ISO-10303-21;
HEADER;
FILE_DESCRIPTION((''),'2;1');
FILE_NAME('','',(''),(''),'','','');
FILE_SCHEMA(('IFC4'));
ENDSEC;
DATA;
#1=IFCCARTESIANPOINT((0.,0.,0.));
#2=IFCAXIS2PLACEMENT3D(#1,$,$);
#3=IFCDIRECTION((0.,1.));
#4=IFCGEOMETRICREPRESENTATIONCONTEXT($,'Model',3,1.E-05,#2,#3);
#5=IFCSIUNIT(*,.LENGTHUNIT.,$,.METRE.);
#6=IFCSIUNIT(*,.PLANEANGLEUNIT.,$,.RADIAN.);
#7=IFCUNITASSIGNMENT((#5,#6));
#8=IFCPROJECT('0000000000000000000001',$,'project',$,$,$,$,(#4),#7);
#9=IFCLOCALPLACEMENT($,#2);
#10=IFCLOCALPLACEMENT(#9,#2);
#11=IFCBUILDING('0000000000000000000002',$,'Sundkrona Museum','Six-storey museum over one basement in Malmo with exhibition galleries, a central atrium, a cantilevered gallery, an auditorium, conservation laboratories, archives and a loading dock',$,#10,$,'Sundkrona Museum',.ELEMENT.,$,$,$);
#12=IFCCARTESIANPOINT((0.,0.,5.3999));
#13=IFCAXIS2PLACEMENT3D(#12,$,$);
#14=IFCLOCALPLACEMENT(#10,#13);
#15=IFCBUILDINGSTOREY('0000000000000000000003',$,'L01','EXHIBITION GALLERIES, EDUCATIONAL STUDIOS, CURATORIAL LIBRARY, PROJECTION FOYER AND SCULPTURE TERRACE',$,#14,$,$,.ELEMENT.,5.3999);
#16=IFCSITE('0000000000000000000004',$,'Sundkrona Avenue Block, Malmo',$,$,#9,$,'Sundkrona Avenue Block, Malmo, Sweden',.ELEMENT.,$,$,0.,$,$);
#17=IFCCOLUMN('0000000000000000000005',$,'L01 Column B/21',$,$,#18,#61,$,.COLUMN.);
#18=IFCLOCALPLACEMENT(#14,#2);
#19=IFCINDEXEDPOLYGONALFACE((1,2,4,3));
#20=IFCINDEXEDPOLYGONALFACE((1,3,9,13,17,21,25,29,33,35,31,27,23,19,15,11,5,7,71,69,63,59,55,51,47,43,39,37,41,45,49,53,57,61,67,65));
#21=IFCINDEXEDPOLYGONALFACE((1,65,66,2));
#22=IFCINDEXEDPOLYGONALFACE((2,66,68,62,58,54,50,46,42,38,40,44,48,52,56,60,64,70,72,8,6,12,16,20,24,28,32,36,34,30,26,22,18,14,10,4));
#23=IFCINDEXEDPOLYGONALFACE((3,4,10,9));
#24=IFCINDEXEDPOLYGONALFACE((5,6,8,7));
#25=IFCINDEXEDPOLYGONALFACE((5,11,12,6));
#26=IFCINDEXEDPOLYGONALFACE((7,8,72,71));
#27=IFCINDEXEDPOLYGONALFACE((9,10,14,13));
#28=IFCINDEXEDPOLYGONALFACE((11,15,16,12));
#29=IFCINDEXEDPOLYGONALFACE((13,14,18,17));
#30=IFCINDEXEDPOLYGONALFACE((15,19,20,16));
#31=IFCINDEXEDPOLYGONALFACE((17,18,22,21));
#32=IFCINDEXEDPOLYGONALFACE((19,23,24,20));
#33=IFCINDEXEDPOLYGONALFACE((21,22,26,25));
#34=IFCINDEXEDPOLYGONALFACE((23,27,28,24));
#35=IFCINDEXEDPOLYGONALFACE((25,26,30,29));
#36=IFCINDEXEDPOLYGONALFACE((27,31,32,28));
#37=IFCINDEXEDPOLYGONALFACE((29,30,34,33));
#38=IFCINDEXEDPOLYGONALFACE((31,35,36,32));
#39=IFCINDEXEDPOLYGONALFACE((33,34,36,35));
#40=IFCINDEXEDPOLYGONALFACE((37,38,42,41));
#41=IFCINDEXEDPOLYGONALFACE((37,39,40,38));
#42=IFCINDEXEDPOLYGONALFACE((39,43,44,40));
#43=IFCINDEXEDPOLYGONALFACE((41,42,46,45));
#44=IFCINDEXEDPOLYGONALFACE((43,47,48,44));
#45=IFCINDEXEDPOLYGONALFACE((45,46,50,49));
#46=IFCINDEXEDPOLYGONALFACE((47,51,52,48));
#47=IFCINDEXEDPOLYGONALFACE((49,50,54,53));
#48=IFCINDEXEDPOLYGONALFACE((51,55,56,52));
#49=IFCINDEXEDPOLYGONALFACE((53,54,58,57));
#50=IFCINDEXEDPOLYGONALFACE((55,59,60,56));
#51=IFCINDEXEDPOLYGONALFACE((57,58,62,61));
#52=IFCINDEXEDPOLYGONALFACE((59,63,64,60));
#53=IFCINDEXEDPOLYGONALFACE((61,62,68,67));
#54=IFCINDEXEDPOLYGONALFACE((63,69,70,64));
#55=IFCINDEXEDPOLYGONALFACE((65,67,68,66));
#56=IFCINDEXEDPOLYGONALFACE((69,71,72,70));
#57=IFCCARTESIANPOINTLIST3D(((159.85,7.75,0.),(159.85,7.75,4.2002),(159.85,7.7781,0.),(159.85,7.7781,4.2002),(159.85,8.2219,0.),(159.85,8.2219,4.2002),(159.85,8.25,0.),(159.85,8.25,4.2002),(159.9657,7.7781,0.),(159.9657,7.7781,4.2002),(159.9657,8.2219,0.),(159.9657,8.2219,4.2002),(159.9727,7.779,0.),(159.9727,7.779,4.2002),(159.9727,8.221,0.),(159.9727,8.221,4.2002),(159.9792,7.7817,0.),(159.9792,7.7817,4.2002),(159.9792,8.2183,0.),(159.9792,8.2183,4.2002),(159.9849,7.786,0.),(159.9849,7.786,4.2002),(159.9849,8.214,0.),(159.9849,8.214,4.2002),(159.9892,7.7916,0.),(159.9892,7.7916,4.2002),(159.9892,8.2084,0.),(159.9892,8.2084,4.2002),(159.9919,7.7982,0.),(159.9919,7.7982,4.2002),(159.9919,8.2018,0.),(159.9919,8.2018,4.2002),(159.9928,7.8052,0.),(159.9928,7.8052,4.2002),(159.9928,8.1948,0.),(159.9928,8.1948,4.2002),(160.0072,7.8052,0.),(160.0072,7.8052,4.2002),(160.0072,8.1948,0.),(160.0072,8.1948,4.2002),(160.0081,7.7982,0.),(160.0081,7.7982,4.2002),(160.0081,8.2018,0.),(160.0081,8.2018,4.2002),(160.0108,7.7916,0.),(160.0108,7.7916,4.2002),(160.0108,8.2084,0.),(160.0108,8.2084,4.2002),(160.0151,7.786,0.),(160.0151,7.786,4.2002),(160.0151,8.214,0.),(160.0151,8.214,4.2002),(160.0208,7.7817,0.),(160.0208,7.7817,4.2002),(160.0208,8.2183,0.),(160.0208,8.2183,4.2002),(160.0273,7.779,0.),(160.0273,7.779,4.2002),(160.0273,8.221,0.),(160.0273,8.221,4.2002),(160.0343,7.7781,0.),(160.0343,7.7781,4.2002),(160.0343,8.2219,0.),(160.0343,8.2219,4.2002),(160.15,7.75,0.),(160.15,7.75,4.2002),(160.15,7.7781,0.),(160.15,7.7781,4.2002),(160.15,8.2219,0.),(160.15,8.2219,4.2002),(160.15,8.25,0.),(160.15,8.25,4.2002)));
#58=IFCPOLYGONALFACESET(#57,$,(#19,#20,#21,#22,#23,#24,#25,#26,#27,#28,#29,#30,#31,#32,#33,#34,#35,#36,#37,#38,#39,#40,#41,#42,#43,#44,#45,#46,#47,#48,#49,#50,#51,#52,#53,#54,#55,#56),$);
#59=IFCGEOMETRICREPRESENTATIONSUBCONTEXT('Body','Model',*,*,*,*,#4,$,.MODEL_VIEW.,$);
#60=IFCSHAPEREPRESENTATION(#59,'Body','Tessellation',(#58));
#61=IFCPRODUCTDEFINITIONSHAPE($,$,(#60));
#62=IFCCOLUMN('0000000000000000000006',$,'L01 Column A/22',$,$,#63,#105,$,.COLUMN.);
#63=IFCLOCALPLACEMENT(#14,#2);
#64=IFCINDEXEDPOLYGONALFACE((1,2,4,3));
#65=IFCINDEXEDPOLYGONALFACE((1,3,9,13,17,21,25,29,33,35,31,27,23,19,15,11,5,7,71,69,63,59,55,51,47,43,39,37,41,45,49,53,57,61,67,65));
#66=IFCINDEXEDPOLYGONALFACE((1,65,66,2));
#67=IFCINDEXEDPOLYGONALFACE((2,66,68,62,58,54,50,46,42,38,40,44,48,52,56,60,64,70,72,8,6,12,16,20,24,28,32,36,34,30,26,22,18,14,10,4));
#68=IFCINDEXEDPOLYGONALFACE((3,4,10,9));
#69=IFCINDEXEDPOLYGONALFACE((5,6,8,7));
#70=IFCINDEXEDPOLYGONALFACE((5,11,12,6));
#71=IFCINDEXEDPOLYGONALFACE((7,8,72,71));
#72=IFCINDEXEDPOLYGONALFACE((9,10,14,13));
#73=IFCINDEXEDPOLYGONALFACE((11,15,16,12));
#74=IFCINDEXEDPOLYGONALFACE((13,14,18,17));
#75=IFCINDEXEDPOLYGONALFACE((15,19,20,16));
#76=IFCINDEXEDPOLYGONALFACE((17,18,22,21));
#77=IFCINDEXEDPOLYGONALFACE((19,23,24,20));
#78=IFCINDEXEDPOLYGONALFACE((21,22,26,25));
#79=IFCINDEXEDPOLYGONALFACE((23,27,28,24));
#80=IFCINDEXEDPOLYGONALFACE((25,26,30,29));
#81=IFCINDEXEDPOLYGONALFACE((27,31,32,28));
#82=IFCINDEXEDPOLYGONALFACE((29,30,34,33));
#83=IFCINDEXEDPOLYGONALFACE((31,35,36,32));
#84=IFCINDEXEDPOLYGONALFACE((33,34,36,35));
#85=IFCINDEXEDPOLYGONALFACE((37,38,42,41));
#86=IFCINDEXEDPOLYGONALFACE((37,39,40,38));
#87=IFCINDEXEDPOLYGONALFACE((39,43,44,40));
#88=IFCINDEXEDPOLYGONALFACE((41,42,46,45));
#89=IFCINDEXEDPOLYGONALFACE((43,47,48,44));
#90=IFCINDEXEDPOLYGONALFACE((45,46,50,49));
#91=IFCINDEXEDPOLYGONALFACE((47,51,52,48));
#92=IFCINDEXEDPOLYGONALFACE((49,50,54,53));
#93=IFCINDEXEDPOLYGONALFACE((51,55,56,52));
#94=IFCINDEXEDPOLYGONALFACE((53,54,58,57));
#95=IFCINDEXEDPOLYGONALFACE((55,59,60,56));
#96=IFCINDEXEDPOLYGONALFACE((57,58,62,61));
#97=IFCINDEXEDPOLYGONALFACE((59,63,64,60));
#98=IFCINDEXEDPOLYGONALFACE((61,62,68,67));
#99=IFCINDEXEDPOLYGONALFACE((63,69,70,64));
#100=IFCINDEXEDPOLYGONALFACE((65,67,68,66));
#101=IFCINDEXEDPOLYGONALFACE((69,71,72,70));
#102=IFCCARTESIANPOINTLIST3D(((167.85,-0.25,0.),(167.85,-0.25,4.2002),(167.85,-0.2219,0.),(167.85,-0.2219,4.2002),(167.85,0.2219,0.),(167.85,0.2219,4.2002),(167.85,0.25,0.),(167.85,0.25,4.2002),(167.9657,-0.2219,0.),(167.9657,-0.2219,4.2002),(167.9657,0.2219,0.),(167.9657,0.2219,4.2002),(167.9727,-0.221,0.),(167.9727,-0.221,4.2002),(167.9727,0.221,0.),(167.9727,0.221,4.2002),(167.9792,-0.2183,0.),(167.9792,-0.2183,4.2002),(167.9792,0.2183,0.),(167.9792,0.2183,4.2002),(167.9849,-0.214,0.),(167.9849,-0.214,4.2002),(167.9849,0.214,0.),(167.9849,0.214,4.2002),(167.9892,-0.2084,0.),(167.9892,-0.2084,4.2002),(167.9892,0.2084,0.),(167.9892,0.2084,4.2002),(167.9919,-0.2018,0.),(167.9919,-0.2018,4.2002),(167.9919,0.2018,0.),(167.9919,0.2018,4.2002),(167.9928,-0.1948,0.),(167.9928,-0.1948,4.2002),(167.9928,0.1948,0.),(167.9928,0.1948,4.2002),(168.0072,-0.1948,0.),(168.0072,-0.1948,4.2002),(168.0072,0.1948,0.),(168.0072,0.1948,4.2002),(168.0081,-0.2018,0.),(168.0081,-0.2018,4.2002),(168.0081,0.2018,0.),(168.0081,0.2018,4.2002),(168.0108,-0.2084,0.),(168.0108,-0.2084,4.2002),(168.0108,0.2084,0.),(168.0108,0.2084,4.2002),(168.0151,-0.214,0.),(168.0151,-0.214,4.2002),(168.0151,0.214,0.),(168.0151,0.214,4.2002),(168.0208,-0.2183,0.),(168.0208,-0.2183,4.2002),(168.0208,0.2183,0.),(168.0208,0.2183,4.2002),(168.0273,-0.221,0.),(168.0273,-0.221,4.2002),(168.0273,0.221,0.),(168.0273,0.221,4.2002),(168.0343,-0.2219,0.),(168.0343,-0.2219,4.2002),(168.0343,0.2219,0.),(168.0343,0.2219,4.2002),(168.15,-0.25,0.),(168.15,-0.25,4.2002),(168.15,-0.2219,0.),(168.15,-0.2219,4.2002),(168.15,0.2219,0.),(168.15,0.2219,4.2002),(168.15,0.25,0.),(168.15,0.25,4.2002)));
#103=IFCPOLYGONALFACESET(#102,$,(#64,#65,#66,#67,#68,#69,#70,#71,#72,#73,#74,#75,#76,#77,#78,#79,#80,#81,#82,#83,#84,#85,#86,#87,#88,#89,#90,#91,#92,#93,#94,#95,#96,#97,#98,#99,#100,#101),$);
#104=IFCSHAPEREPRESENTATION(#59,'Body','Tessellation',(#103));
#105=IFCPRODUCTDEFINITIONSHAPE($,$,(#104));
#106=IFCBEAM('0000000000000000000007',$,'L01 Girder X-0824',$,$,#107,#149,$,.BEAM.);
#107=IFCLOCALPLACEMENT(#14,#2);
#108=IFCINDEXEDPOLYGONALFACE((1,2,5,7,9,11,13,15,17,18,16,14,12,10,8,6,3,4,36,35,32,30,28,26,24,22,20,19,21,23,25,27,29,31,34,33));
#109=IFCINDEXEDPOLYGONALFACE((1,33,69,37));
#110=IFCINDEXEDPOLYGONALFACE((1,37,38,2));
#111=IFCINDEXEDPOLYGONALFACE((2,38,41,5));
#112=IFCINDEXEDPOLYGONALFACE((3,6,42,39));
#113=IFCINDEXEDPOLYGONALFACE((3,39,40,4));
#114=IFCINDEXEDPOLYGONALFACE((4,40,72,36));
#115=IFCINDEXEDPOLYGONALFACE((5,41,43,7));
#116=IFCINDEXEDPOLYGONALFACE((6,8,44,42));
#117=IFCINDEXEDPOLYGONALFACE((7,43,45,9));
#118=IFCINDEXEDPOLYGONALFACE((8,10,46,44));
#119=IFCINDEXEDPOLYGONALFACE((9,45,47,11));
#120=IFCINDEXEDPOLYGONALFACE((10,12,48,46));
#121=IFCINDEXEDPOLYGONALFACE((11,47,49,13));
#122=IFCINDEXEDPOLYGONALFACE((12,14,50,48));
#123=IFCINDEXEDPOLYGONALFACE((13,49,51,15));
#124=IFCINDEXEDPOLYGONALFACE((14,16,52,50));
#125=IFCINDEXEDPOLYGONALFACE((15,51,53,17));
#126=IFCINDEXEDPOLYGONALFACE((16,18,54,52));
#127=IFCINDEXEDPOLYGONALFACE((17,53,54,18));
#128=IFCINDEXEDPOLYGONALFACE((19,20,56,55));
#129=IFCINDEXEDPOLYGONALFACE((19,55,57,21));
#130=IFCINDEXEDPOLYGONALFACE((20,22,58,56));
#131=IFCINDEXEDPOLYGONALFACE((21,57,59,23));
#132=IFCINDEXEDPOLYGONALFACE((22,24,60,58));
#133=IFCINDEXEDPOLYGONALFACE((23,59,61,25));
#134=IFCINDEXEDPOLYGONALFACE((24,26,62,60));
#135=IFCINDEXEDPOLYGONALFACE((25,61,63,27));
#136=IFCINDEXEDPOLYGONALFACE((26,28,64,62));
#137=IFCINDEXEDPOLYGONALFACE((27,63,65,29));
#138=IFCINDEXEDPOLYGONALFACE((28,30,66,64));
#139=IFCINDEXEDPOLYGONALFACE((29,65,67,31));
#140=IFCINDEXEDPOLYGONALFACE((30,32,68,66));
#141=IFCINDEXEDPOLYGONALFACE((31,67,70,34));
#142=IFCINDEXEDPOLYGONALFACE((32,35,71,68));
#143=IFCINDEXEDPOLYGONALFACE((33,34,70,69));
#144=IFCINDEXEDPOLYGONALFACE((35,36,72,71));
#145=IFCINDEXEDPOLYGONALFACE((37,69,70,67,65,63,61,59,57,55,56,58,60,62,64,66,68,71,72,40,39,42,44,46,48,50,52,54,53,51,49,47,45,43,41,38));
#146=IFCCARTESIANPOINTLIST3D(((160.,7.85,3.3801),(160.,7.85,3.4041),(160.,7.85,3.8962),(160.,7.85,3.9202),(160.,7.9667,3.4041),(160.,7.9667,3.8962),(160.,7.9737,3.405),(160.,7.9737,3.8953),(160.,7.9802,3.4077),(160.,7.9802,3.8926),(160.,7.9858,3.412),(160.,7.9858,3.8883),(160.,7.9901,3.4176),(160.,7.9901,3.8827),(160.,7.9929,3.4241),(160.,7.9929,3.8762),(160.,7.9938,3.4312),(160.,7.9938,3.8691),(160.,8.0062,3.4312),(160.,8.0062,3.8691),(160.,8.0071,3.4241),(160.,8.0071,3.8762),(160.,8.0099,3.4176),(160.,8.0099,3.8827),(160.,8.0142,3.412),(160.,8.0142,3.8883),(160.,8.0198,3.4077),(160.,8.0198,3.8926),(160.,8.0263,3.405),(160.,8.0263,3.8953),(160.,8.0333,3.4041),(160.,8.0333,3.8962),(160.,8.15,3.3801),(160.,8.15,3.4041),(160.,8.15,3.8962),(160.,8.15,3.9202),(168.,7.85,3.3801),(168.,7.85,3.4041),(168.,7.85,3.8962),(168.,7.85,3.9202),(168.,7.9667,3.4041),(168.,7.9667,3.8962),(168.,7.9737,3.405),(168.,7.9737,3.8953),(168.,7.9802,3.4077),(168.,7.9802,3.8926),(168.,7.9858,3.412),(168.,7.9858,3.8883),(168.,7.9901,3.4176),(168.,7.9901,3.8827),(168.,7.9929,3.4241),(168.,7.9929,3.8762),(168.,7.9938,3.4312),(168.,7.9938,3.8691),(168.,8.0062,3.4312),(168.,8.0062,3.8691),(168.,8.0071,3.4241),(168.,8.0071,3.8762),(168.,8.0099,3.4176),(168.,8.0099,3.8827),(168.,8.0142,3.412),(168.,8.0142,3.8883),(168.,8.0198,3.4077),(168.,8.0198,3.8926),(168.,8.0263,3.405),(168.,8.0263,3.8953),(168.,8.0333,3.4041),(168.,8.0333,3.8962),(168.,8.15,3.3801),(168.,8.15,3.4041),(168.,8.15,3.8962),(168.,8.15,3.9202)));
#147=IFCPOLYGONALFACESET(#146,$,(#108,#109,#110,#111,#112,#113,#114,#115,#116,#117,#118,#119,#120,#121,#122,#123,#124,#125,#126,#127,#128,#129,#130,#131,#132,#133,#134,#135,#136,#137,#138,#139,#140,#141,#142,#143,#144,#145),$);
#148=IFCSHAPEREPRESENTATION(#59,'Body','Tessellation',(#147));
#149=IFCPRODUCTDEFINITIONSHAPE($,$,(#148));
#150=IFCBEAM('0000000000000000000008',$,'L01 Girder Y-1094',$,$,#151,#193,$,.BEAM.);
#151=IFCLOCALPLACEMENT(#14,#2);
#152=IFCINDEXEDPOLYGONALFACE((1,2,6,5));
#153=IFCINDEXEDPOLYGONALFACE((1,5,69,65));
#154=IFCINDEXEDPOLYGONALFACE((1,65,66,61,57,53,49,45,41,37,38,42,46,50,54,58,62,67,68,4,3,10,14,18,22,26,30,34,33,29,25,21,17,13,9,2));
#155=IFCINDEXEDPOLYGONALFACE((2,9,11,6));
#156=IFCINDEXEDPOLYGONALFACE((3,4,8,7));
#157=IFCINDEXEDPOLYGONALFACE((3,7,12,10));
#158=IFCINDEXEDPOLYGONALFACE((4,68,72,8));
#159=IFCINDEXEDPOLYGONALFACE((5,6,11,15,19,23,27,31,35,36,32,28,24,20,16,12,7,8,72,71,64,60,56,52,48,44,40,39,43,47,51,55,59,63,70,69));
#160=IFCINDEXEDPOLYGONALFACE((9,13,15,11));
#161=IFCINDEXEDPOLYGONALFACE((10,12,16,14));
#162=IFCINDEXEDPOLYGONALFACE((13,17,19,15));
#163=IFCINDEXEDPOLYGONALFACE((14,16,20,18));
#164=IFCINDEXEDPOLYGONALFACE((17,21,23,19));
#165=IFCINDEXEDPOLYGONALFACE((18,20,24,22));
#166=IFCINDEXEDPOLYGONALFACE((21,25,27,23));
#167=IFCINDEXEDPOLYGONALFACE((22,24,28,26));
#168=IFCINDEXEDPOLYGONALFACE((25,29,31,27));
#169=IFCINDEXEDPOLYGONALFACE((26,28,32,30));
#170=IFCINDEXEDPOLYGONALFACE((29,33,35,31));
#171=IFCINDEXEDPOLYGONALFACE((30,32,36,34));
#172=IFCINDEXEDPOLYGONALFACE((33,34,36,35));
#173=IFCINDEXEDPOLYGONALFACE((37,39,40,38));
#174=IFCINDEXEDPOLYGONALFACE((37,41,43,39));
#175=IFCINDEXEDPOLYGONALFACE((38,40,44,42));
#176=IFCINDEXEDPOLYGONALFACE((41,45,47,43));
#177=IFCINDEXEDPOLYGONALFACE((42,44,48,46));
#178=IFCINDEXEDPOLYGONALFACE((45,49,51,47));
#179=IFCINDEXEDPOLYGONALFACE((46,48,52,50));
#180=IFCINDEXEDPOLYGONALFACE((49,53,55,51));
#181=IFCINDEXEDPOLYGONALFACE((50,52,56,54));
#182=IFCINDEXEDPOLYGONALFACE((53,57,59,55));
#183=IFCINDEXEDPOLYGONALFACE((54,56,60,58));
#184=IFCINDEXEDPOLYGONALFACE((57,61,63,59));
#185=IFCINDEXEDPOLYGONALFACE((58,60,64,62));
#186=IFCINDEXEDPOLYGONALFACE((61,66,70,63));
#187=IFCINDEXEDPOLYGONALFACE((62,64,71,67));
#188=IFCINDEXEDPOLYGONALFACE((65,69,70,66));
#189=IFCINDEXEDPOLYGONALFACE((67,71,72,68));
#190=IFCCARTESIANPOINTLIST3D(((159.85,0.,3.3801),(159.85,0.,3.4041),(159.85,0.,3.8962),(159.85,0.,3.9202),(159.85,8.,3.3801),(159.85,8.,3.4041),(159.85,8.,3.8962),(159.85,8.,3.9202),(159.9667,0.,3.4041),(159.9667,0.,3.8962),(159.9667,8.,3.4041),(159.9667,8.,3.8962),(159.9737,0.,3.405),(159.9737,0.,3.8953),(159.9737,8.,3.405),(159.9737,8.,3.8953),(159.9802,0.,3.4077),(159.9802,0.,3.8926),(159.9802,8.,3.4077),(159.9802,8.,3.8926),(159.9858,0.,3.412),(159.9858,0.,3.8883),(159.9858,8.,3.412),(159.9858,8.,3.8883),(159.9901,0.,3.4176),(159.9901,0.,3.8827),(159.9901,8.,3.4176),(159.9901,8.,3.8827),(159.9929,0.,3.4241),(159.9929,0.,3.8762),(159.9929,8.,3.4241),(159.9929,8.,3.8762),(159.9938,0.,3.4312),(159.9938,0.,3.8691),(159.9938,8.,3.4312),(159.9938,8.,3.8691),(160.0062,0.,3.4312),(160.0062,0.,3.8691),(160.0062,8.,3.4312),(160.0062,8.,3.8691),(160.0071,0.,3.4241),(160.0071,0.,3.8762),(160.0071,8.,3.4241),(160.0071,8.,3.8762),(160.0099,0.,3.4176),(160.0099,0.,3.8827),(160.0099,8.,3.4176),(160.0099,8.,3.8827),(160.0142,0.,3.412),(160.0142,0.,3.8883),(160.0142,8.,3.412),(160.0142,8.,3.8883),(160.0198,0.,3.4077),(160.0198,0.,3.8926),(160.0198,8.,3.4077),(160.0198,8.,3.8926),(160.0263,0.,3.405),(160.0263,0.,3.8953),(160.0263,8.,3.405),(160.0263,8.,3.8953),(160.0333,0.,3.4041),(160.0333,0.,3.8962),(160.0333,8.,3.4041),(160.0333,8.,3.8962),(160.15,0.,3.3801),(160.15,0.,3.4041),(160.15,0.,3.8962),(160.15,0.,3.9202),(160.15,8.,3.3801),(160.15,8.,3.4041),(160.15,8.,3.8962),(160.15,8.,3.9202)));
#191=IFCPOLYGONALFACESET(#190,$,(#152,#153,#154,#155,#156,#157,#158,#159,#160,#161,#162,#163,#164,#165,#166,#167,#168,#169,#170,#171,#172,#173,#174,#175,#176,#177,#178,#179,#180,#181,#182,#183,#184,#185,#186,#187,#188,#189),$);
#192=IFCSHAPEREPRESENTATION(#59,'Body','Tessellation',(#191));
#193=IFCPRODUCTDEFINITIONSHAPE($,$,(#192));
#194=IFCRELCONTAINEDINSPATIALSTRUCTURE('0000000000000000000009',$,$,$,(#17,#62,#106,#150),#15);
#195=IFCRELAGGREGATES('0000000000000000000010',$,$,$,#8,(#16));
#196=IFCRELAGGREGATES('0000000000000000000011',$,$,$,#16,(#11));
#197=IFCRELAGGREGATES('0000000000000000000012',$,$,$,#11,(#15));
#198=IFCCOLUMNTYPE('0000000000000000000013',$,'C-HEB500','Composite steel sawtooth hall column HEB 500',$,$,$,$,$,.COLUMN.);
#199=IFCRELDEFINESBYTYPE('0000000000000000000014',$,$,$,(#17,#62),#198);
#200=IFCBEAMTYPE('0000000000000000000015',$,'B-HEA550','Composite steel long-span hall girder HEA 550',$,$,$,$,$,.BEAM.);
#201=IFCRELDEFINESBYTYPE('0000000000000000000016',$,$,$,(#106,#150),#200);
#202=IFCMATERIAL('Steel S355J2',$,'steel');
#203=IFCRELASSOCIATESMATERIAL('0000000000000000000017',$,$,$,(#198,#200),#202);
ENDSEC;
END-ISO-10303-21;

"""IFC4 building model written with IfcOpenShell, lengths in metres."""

from ifc_helpers import new_model, si_unit, direction, frame, origin, origin_2d, place, context, subcontext, project, spatial, i_section, extrude, material, material_profile, profile_set, type_object, element, save


model = new_model("IFC4")

# Units and contexts
model_context = context("Model", 3, precision=1e-05, world=origin(), true_north=direction((0.0, 1.0)))
body_context = subcontext(model_context, "Body", "Model", "MODEL_VIEW")
ifc_project = project(units=[si_unit("LENGTHUNIT", "METRE"), si_unit("PLANEANGLEUNIT", "RADIAN")], contexts=[model_context])

# Site, building, storey
site_placement = place(None, origin())
site = spatial("IfcSite", under=ifc_project, at=site_placement, Name="Sundkrona Avenue Block, Malmo", LongName="Sundkrona Avenue Block, Malmo, Sweden", CompositionType="ELEMENT", RefElevation=0.0)
building_placement = place(site_placement, origin())
building = spatial("IfcBuilding", under=site, at=building_placement, Name="Sundkrona Museum", Description="Six-storey museum over one basement in Malmo with exhibition galleries, a central atrium, a cantilevered gallery, an auditorium, conservation laboratories, archives and a loading dock", LongName="Sundkrona Museum", CompositionType="ELEMENT")
storey_placement = place(building_placement, frame((0.0, 0.0, 5.3999)))
storey = spatial("IfcBuildingStorey", under=building, at=storey_placement, Name="L01", Description="EXHIBITION GALLERIES, EDUCATIONAL STUDIOS, CURATORIAL LIBRARY, PROJECTION FOYER AND SCULPTURE TERRACE", CompositionType="ELEMENT", Elevation=5.3999)

# Columns
ifc_material_1 = material(Name="Steel S355J2", Category="steel")
ifc_material_profile_1 = material_profile(ifc_material_1, i_section(OverallWidth=0.3, OverallDepth=0.5, WebThickness=0.0144, FlangeThickness=0.0281, FilletRadius=0.0271, at=origin_2d()), Name="HEB 500")
ifc_profile_set_1 = profile_set([ifc_material_profile_1], Name="Steel S355J2")
column_type = type_object("IfcColumnType", Name="C-HEB500", Description="Composite steel sawtooth hall column HEB 500", PredefinedType="COLUMN", material=ifc_profile_set_1)
for number, where, z_axis, x_axis, name in (
    (1, (160.0, 8.0, 0.0), (0.0, 0.0, 1.0), (1.0, 0.0, 0.0), "L01 Column B/21"),
    (2, (168.0, 0.0, 0.0), (0.0, 0.0, 1.0), (1.0, 0.0, 0.0), "L01 Column A/22"),
):
    element("IfcColumn", number, at=place(storey_placement, frame(where, z_axis=z_axis, x_axis=x_axis)), inside=storey, type_object=column_type, Name=name, PredefinedType="COLUMN", context=body_context, shape_type="SweptSolid", body=[
        extrude(i_section(OverallWidth=0.3, OverallDepth=0.5, WebThickness=0.0144, FlangeThickness=0.0281, FilletRadius=0.0271, at=origin_2d()), origin(), (0.0, 0.0, 1.0), 4.2002),
    ])

# Beams
ifc_material_profile_2 = material_profile(ifc_material_1, i_section(OverallWidth=0.3, OverallDepth=0.54, WebThickness=0.0125, FlangeThickness=0.0239, FilletRadius=0.0271, at=origin_2d()), Name="HEA 550")
ifc_profile_set_2 = profile_set([ifc_material_profile_2], Name="Steel S355J2")
beam_type_1 = type_object("IfcBeamType", Name="B-HEA550", Description="Composite steel long-span hall girder HEA 550", PredefinedType="BEAM", material=ifc_profile_set_2)
for number, where, z_axis, x_axis, name in (
    (3, (160.0, 8.0, 3.6501), (1.0, 0.0, 0.0), (0.0, 1.0, 0.0), "L01 Girder X-0824"),
    (4, (160.0, 0.0, 3.6501), (0.0, 1.0, 0.0), (-1.0, 0.0, 0.0), "L01 Girder Y-1094"),
):
    element("IfcBeam", number, at=place(storey_placement, frame(where, z_axis=z_axis, x_axis=x_axis)), inside=storey, type_object=beam_type_1, Name=name, PredefinedType="BEAM", context=body_context, shape_type="SweptSolid", body=[
        extrude(i_section(OverallWidth=0.3, OverallDepth=0.54, WebThickness=0.0125, FlangeThickness=0.0239, FilletRadius=0.0271, at=origin_2d()), origin(), (0.0, 0.0, 1.0), 8.0),
    ])

save(model, "model.ifc")
